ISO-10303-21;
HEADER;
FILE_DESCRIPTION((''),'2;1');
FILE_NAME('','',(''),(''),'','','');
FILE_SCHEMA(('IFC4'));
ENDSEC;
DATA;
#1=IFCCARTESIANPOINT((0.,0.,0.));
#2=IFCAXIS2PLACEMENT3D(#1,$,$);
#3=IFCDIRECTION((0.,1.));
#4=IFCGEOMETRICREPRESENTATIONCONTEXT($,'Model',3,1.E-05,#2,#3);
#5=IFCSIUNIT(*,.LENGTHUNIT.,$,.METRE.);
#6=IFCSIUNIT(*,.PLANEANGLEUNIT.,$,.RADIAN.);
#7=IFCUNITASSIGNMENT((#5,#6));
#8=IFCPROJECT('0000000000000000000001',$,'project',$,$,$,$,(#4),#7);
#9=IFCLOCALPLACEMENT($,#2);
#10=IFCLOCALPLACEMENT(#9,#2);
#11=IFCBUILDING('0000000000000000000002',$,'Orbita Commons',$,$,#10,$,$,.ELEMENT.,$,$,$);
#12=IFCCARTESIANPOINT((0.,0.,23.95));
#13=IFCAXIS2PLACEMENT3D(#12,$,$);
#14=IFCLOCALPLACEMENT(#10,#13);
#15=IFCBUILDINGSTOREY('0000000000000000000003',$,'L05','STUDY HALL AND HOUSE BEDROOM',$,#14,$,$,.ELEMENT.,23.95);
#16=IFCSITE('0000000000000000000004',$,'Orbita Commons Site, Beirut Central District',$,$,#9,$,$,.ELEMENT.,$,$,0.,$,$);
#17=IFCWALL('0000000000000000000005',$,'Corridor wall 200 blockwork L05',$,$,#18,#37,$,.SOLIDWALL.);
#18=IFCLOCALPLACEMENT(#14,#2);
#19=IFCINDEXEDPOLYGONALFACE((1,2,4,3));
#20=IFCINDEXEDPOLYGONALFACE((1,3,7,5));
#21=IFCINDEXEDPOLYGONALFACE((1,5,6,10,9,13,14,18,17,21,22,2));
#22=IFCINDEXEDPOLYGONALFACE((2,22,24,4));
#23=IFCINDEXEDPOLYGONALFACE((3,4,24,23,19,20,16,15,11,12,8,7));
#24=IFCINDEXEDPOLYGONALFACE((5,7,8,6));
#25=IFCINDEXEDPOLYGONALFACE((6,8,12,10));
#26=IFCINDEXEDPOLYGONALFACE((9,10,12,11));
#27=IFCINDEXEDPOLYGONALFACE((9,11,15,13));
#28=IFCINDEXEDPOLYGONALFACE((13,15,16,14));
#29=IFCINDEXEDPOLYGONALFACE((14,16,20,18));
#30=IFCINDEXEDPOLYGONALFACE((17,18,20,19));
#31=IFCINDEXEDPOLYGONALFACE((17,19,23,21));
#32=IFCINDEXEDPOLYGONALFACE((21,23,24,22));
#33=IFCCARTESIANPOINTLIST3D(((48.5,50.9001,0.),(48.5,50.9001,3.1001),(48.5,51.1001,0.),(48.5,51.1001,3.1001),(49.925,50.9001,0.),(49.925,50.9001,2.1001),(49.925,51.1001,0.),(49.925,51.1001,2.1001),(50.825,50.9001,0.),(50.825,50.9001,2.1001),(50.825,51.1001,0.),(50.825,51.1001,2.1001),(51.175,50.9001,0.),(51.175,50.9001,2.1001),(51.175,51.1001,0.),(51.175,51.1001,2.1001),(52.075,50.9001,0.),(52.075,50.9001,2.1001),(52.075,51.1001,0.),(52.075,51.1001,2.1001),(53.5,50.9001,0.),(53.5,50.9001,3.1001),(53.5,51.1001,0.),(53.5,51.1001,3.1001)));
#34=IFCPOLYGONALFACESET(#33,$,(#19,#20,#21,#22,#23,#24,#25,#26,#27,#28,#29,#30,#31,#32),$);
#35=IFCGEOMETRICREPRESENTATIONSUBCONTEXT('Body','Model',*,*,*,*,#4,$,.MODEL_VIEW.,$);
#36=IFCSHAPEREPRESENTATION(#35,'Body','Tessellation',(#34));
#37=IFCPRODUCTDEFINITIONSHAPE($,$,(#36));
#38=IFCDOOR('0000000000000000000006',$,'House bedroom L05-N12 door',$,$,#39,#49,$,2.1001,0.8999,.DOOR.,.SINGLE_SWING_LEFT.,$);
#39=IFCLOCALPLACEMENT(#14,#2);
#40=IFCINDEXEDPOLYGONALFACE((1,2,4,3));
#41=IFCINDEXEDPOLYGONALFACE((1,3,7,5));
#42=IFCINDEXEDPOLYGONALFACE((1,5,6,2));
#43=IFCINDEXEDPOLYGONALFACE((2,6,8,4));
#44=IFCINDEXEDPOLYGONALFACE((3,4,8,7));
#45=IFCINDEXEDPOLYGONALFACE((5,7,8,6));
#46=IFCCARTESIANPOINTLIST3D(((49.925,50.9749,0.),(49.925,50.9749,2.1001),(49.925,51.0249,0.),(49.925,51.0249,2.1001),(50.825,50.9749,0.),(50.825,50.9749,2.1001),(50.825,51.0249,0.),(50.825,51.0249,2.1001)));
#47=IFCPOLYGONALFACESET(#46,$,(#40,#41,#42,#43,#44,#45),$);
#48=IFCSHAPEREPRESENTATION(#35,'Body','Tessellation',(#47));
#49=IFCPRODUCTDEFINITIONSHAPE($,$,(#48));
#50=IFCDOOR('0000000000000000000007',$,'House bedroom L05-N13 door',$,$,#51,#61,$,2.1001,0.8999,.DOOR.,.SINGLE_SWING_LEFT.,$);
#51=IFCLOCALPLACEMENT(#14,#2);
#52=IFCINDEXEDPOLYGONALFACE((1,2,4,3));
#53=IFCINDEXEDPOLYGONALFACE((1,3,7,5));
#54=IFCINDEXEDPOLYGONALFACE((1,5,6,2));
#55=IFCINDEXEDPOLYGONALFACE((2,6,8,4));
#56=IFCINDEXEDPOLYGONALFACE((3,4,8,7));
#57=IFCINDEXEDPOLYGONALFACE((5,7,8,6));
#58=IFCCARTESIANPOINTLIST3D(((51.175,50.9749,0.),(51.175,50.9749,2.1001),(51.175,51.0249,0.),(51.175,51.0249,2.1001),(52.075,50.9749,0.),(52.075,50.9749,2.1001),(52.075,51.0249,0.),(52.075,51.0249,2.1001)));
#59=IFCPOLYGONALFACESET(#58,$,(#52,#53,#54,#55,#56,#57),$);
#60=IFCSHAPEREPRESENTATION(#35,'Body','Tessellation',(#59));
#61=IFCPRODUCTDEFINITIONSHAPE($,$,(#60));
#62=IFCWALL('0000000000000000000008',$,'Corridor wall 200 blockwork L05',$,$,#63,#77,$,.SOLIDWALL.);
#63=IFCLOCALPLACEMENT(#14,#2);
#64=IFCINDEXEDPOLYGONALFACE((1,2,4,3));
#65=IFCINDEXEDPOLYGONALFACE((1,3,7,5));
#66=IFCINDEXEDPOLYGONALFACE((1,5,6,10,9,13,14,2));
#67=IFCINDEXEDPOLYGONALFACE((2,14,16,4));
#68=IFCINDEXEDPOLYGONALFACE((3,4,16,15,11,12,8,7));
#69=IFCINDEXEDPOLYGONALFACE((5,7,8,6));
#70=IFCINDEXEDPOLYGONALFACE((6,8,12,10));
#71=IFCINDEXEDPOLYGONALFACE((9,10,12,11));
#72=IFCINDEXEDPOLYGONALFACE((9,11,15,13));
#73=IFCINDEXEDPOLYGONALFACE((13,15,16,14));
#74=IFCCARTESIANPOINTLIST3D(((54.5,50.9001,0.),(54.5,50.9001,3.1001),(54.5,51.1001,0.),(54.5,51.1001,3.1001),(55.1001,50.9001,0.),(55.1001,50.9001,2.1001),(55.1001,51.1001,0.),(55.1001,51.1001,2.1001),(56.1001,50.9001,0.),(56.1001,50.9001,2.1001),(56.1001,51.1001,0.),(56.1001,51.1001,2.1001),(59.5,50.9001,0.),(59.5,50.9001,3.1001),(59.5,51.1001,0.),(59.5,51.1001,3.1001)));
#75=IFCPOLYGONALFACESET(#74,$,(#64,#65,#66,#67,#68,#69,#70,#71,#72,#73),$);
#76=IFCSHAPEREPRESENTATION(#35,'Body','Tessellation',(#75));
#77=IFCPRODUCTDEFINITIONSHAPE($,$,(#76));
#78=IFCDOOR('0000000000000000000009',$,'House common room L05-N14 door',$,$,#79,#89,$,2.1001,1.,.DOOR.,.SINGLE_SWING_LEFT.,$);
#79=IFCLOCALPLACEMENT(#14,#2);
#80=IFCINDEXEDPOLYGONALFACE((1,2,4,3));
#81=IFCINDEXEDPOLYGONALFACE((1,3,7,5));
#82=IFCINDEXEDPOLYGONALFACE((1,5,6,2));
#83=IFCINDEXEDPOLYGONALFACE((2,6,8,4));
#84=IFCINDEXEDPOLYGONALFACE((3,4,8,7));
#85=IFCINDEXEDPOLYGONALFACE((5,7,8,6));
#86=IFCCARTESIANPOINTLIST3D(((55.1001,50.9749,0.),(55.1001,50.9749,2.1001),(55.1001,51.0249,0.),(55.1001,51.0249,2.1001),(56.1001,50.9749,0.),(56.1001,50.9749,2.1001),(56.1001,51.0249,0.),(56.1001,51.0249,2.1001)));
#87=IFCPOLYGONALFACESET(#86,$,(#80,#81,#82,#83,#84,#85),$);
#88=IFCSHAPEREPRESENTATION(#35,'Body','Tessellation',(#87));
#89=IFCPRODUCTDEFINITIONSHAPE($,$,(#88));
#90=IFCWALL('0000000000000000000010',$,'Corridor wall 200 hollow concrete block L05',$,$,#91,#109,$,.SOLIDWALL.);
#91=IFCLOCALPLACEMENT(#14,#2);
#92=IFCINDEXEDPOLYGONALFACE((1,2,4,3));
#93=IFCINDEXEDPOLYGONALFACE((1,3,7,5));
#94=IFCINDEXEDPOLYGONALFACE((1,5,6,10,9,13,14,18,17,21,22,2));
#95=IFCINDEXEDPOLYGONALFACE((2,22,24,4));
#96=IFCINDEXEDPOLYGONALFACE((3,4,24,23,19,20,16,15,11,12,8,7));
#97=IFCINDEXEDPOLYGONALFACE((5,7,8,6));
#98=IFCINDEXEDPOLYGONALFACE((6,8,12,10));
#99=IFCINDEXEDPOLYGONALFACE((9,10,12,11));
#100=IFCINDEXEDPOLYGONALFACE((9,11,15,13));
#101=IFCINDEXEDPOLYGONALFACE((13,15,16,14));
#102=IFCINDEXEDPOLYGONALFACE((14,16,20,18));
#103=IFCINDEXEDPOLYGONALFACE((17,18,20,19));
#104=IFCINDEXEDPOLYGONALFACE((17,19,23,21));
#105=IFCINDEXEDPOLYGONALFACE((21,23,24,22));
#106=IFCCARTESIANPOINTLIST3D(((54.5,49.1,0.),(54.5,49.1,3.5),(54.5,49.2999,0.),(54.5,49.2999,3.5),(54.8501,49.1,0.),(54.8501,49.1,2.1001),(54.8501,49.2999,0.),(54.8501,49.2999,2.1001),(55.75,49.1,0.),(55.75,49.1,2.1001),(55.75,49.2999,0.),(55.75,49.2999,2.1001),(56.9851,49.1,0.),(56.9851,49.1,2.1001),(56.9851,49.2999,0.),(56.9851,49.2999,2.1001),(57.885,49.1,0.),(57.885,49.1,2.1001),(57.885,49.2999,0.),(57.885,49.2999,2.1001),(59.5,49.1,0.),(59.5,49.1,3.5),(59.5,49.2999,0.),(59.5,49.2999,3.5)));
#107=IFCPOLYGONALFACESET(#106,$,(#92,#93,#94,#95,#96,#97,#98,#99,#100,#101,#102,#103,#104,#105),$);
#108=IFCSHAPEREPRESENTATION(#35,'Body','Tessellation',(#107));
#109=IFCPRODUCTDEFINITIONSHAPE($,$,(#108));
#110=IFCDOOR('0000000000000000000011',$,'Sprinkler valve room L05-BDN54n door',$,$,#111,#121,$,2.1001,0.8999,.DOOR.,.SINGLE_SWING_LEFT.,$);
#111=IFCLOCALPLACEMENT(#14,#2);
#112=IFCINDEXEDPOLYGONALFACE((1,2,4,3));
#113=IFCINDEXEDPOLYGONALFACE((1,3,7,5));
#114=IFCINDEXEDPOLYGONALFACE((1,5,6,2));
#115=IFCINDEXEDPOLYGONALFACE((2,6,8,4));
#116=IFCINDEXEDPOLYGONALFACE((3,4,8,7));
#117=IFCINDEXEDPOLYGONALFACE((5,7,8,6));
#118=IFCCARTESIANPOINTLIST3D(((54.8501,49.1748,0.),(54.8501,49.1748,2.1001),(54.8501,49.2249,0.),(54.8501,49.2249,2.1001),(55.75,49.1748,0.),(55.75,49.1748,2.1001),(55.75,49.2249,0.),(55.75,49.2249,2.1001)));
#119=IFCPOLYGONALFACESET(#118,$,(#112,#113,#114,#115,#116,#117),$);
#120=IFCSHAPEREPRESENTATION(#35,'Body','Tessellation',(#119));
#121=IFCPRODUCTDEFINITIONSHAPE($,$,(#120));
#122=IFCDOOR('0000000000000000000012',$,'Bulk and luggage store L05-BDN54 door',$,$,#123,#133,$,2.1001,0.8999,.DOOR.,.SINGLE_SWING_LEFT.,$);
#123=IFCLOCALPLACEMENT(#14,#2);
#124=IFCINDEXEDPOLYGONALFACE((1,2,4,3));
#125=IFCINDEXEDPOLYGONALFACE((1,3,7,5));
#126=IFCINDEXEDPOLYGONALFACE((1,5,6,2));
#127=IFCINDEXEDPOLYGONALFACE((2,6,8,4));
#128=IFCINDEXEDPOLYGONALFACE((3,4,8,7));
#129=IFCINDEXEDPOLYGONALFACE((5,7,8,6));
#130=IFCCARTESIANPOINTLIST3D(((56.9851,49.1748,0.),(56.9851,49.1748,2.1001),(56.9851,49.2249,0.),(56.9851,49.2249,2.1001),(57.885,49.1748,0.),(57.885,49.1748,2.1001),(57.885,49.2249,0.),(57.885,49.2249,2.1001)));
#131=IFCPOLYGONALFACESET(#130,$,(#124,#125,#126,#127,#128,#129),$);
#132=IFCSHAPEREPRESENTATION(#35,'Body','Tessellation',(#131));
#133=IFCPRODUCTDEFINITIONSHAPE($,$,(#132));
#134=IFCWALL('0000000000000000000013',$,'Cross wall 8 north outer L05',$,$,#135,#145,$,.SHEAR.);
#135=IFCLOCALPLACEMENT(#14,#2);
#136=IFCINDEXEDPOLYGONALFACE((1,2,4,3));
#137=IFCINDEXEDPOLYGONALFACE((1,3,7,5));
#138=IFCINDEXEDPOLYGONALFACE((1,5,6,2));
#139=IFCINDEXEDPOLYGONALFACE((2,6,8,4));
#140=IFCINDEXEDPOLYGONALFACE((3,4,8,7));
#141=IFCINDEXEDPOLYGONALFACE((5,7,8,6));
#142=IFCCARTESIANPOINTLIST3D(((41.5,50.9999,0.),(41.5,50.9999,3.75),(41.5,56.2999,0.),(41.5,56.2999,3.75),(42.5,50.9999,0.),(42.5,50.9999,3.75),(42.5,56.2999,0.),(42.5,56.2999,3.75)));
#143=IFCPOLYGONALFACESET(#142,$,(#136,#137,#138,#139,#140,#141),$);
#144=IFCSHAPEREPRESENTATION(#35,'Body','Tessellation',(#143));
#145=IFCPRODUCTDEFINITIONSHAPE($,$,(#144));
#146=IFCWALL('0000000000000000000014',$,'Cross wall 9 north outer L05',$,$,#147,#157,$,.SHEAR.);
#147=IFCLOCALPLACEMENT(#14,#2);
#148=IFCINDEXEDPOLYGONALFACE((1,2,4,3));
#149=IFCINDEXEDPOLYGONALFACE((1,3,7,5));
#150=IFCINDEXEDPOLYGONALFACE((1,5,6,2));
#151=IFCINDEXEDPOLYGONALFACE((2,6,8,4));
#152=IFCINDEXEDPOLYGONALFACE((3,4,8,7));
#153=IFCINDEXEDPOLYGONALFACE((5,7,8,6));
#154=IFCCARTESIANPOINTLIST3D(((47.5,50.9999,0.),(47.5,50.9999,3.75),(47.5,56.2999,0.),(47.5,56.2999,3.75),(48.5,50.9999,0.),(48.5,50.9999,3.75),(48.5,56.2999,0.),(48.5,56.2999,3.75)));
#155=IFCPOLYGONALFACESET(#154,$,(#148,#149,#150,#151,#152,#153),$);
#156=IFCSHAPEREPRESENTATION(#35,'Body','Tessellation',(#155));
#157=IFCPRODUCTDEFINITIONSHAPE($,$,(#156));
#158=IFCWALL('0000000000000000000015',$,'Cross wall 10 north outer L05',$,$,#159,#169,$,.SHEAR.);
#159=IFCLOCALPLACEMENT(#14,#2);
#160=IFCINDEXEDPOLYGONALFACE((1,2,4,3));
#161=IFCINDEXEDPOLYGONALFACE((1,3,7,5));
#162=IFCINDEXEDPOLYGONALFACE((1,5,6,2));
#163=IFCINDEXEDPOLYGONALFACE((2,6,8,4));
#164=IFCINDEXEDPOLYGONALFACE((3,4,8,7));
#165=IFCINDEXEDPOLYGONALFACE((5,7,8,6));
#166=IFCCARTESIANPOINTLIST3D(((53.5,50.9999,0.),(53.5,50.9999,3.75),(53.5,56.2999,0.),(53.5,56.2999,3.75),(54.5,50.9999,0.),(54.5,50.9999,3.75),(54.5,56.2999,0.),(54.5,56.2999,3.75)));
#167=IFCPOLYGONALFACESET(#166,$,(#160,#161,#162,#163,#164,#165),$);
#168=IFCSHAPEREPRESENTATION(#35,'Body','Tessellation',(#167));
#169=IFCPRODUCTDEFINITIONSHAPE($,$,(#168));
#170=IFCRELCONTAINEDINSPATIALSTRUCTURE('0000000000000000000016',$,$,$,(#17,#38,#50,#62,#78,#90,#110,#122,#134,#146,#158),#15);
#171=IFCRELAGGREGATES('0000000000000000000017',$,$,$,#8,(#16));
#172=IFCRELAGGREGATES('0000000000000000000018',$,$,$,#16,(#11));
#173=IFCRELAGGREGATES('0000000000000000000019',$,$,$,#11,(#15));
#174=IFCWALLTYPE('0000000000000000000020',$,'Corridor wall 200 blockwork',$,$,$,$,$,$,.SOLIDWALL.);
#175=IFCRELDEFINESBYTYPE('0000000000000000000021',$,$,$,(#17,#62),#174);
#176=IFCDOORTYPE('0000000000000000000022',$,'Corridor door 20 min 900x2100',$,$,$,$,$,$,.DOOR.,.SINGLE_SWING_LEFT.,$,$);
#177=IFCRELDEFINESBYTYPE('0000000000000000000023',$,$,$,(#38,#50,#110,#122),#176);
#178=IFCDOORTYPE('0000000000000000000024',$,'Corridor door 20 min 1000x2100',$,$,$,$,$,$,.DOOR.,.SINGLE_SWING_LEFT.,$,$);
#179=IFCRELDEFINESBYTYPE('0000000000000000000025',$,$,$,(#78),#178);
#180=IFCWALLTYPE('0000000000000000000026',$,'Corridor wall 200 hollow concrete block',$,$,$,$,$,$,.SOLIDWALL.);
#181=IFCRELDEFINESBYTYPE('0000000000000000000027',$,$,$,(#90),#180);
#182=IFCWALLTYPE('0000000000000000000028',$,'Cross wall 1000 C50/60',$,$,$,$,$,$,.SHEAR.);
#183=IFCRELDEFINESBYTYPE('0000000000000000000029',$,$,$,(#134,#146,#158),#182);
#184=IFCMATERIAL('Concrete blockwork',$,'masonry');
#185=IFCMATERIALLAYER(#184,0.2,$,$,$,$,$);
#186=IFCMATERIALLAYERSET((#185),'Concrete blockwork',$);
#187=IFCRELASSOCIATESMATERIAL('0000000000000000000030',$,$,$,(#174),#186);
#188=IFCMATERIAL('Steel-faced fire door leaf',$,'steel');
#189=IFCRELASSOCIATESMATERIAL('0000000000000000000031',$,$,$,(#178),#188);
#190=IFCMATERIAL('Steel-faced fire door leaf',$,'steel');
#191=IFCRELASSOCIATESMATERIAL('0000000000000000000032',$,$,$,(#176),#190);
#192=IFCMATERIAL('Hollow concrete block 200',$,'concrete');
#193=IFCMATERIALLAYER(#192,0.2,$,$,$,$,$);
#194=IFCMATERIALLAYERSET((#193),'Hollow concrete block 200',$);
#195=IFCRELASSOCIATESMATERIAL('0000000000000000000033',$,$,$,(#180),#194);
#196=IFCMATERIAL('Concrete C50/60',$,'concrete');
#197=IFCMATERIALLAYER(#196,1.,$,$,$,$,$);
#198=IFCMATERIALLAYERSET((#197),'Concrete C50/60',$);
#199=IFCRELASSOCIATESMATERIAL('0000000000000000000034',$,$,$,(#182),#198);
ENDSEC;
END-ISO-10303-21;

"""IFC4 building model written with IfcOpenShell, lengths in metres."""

from ifc_helpers import new_model, si_unit, direction, frame, frame_2d, origin, place, context, subcontext, project, spatial, polyline, rectangle, outline, extrude, material, layer, layer_set, type_object, element, fill, save


model = new_model("IFC4")

# Units and contexts
model_context = context("Model", 3, precision=1e-05, world=origin(), true_north=direction((0.0, 1.0)))
body_context = subcontext(model_context, "Body", "Model", "MODEL_VIEW")
ifc_project = project(units=[si_unit("LENGTHUNIT", "METRE"), si_unit("PLANEANGLEUNIT", "RADIAN")], contexts=[model_context])

# Site, building, storey
site_placement = place(None, origin())
site = spatial("IfcSite", under=ifc_project, at=site_placement, Name="Orbita Commons Site, Beirut Central District", CompositionType="ELEMENT", RefElevation=0.0)
building_placement = place(site_placement, origin())
building = spatial("IfcBuilding", under=site, at=building_placement, Name="Orbita Commons", CompositionType="ELEMENT")
storey_placement = place(building_placement, frame((0.0, 0.0, 23.95)))
storey = spatial("IfcBuildingStorey", under=building, at=storey_placement, Name="L05", Description="STUDY HALL AND HOUSE BEDROOM", CompositionType="ELEMENT", Elevation=23.95)

# Shared definitions
ifc_material_1 = material(Name="Concrete blockwork", Category="masonry")
ifc_layer_1 = layer(ifc_material_1, 0.2)
ifc_layer_set_1 = layer_set([ifc_layer_1], Name="Concrete blockwork")
wall_type_1 = type_object("IfcWallType", Name="Corridor wall 200 blockwork", PredefinedType="SOLIDWALL", material=ifc_layer_set_1)
ifc_material_2 = material(Name="Steel-faced fire door leaf", Category="steel")
door_type_1 = type_object("IfcDoorType", Name="Corridor door 20 min 1000x2100", OperationType="SINGLE_SWING_LEFT", PredefinedType="DOOR", material=ifc_material_2)

# Wall, openings, doors
wall_1_placement = place(storey_placement, frame((48.5, 51.0, 0.0), z_axis=(0.0, 0.0, 1.0), x_axis=(1.0, 0.0, 0.0)))
wall_1 = element("IfcWall", 1, at=wall_1_placement, inside=storey, type_object=wall_type_1, Name="Corridor wall 200 blockwork L05", PredefinedType="SOLIDWALL", context=body_context, shape_type="SweptSolid", body=[
    extrude(outline(polyline([(0.0, 0.0), (5.0, 0.0), (5.0, 3.1001), (0.0, 3.1001), (0.0, 0.0)])), frame((0.0, 0.1001, 0.0), z_axis=(0.0, -1.0, 0.0), x_axis=(1.0, 0.0, 0.0)), (0.0, 0.0, 1.0), 0.2),
])
opening_1_placement = place(wall_1_placement, frame((1.425, 0.0, 0.0)))
opening_1 = element("IfcOpeningElement", 2, at=opening_1_placement, cuts=wall_1, PredefinedType="OPENING", context=body_context, shape_type="SweptSolid", body=[
    extrude(rectangle(XDim=0.8999, YDim=2.1001, at=frame_2d((0.45, 1.05))), frame((0.0, 0.1099, 0.0), z_axis=(0.0, -1.0, 0.0), x_axis=(1.0, 0.0, 0.0)), (0.0, 0.0, 1.0), 0.22),
])
opening_2_placement = place(wall_1_placement, frame((2.675, 0.0, 0.0)))
opening_2 = element("IfcOpeningElement", 3, at=opening_2_placement, cuts=wall_1, PredefinedType="OPENING", context=body_context, shape_type="SweptSolid", body=[
    extrude(rectangle(XDim=0.8999, YDim=2.1001, at=frame_2d((0.45, 1.05))), frame((0.0, 0.1099, 0.0), z_axis=(0.0, -1.0, 0.0), x_axis=(1.0, 0.0, 0.0)), (0.0, 0.0, 1.0), 0.22),
])
ifc_material_3 = material(Name="Steel-faced fire door leaf", Category="steel")
door_type_2 = type_object("IfcDoorType", Name="Corridor door 20 min 900x2100", OperationType="SINGLE_SWING_LEFT", PredefinedType="DOOR", material=ifc_material_3)
door_1_placement = place(opening_1_placement, origin())
door_1 = element("IfcDoor", 4, at=door_1_placement, inside=storey, type_object=door_type_2, Name="House bedroom L05-N12 door", OperationType="SINGLE_SWING_LEFT", OverallHeight=2.1001, OverallWidth=0.8999, PredefinedType="DOOR", context=body_context, shape_type="SweptSolid", body=[
    extrude(rectangle(XDim=0.8999, YDim=2.1001, at=frame_2d((0.45, 1.05))), frame((0.0, 0.0249, 0.0), z_axis=(0.0, -1.0, 0.0), x_axis=(1.0, 0.0, 0.0)), (0.0, 0.0, 1.0), 0.05),
])
fill(opening_1, door_1)
door_2_placement = place(opening_2_placement, origin())
door_2 = element("IfcDoor", 5, at=door_2_placement, inside=storey, type_object=door_type_2, Name="House bedroom L05-N13 door", OperationType="SINGLE_SWING_LEFT", OverallHeight=2.1001, OverallWidth=0.8999, PredefinedType="DOOR", context=body_context, shape_type="SweptSolid", body=[
    extrude(rectangle(XDim=0.8999, YDim=2.1001, at=frame_2d((0.45, 1.05))), frame((0.0, 0.0249, 0.0), z_axis=(0.0, -1.0, 0.0), x_axis=(1.0, 0.0, 0.0)), (0.0, 0.0, 1.0), 0.05),
])
fill(opening_2, door_2)

# Wall, opening, door
wall_2_placement = place(storey_placement, frame((54.5, 51.0, 0.0), z_axis=(0.0, 0.0, 1.0), x_axis=(1.0, 0.0, 0.0)))
wall_2 = element("IfcWall", 6, at=wall_2_placement, inside=storey, type_object=wall_type_1, Name="Corridor wall 200 blockwork L05", PredefinedType="SOLIDWALL", context=body_context, shape_type="SweptSolid", body=[
    extrude(outline(polyline([(0.0, 0.0), (5.0, 0.0), (5.0, 3.1001), (0.0, 3.1001), (0.0, 0.0)])), frame((0.0, 0.1001, 0.0), z_axis=(0.0, -1.0, 0.0), x_axis=(1.0, 0.0, 0.0)), (0.0, 0.0, 1.0), 0.2),
])
opening_3_placement = place(wall_2_placement, frame((0.6001, 0.0, 0.0)))
opening_3 = element("IfcOpeningElement", 7, at=opening_3_placement, cuts=wall_2, PredefinedType="OPENING", context=body_context, shape_type="SweptSolid", body=[
    extrude(rectangle(XDim=1.0, YDim=2.1001, at=frame_2d((0.5, 1.05))), frame((0.0, 0.1099, 0.0), z_axis=(0.0, -1.0, 0.0), x_axis=(1.0, 0.0, 0.0)), (0.0, 0.0, 1.0), 0.22),
])
door_3_placement = place(opening_3_placement, origin())
door_3 = element("IfcDoor", 8, at=door_3_placement, inside=storey, type_object=door_type_1, Name="House common room L05-N14 door", OperationType="SINGLE_SWING_LEFT", OverallHeight=2.1001, OverallWidth=1.0, PredefinedType="DOOR", context=body_context, shape_type="SweptSolid", body=[
    extrude(rectangle(XDim=1.0, YDim=2.1001, at=frame_2d((0.5, 1.05))), frame((0.0, 0.0249, 0.0), z_axis=(0.0, -1.0, 0.0), x_axis=(1.0, 0.0, 0.0)), (0.0, 0.0, 1.0), 0.05),
])
fill(opening_3, door_3)

# Wall, openings, doors
ifc_material_4 = material(Name="Hollow concrete block 200", Category="concrete")
ifc_layer_2 = layer(ifc_material_4, 0.2)
ifc_layer_set_2 = layer_set([ifc_layer_2], Name="Hollow concrete block 200")
wall_type_2 = type_object("IfcWallType", Name="Corridor wall 200 hollow concrete block", PredefinedType="SOLIDWALL", material=ifc_layer_set_2)
wall_3_placement = place(storey_placement, frame((54.5, 49.2, 0.0), z_axis=(0.0, 0.0, 1.0), x_axis=(1.0, 0.0, 0.0)))
wall_3 = element("IfcWall", 9, at=wall_3_placement, inside=storey, type_object=wall_type_2, Name="Corridor wall 200 hollow concrete block L05", PredefinedType="SOLIDWALL", context=body_context, shape_type="SweptSolid", body=[
    extrude(rectangle(XDim=5.0, YDim=0.2, at=frame_2d((2.5, 0.0))), origin(), (0.0, 0.0, 1.0), 3.5),
])
opening_4_placement = place(wall_3_placement, frame((0.3501, 0.0, 0.0)))
opening_4 = element("IfcOpeningElement", 10, at=opening_4_placement, cuts=wall_3, PredefinedType="OPENING", context=body_context, shape_type="SweptSolid", body=[
    extrude(rectangle(XDim=0.8999, YDim=2.1001, at=frame_2d((0.45, 1.05))), frame((0.0, 0.1099, 0.0), z_axis=(0.0, -1.0, 0.0), x_axis=(1.0, 0.0, 0.0)), (0.0, 0.0, 1.0), 0.22),
])
opening_5_placement = place(wall_3_placement, frame((2.4851, 0.0, 0.0)))
opening_5 = element("IfcOpeningElement", 11, at=opening_5_placement, cuts=wall_3, PredefinedType="OPENING", context=body_context, shape_type="SweptSolid", body=[
    extrude(rectangle(XDim=0.8999, YDim=2.1001, at=frame_2d((0.45, 1.05))), frame((0.0, 0.1099, 0.0), z_axis=(0.0, -1.0, 0.0), x_axis=(1.0, 0.0, 0.0)), (0.0, 0.0, 1.0), 0.22),
])
door_4_placement = place(opening_4_placement, origin())
door_4 = element("IfcDoor", 12, at=door_4_placement, inside=storey, type_object=door_type_2, Name="Sprinkler valve room L05-BDN54n door", OperationType="SINGLE_SWING_LEFT", OverallHeight=2.1001, OverallWidth=0.8999, PredefinedType="DOOR", context=body_context, shape_type="SweptSolid", body=[
    extrude(rectangle(XDim=0.8999, YDim=2.1001, at=frame_2d((0.45, 1.05))), frame((0.0, 0.0249, 0.0), z_axis=(0.0, -1.0, 0.0), x_axis=(1.0, 0.0, 0.0)), (0.0, 0.0, 1.0), 0.05),
])
fill(opening_4, door_4)
door_5_placement = place(opening_5_placement, origin())
door_5 = element("IfcDoor", 13, at=door_5_placement, inside=storey, type_object=door_type_2, Name="Bulk and luggage store L05-BDN54 door", OperationType="SINGLE_SWING_LEFT", OverallHeight=2.1001, OverallWidth=0.8999, PredefinedType="DOOR", context=body_context, shape_type="SweptSolid", body=[
    extrude(rectangle(XDim=0.8999, YDim=2.1001, at=frame_2d((0.45, 1.05))), frame((0.0, 0.0249, 0.0), z_axis=(0.0, -1.0, 0.0), x_axis=(1.0, 0.0, 0.0)), (0.0, 0.0, 1.0), 0.05),
])
fill(opening_5, door_5)

# Walls
ifc_material_5 = material(Name="Concrete C50/60", Category="concrete")
ifc_layer_3 = layer(ifc_material_5, 1.0)
ifc_layer_set_3 = layer_set([ifc_layer_3], Name="Concrete C50/60")
wall_type_3 = type_object("IfcWallType", Name="Cross wall 1000 C50/60", PredefinedType="SHEAR", material=ifc_layer_set_3)
for number, where, z_axis, x_axis, name in (
    (14, (42.0, 51.0, 0.0), (0.0, 0.0, 1.0), (0.0, 1.0, 0.0), "Cross wall 8 north outer L05"),
    (15, (48.0, 51.0, 0.0), (0.0, 0.0, 1.0), (0.0, 1.0, 0.0), "Cross wall 9 north outer L05"),
    (16, (54.0, 51.0, 0.0), (0.0, 0.0, 1.0), (0.0, 1.0, 0.0), "Cross wall 10 north outer L05"),
):
    element("IfcWall", number, at=place(storey_placement, frame(where, z_axis=z_axis, x_axis=x_axis)), inside=storey, type_object=wall_type_3, Name=name, PredefinedType="SHEAR", context=body_context, shape_type="SweptSolid", body=[
        extrude(rectangle(XDim=5.3, YDim=1.0, at=frame_2d((2.6499, 0.0))), origin(), (0.0, 0.0, 1.0), 3.75),
    ])

save(model, "model.ifc")
